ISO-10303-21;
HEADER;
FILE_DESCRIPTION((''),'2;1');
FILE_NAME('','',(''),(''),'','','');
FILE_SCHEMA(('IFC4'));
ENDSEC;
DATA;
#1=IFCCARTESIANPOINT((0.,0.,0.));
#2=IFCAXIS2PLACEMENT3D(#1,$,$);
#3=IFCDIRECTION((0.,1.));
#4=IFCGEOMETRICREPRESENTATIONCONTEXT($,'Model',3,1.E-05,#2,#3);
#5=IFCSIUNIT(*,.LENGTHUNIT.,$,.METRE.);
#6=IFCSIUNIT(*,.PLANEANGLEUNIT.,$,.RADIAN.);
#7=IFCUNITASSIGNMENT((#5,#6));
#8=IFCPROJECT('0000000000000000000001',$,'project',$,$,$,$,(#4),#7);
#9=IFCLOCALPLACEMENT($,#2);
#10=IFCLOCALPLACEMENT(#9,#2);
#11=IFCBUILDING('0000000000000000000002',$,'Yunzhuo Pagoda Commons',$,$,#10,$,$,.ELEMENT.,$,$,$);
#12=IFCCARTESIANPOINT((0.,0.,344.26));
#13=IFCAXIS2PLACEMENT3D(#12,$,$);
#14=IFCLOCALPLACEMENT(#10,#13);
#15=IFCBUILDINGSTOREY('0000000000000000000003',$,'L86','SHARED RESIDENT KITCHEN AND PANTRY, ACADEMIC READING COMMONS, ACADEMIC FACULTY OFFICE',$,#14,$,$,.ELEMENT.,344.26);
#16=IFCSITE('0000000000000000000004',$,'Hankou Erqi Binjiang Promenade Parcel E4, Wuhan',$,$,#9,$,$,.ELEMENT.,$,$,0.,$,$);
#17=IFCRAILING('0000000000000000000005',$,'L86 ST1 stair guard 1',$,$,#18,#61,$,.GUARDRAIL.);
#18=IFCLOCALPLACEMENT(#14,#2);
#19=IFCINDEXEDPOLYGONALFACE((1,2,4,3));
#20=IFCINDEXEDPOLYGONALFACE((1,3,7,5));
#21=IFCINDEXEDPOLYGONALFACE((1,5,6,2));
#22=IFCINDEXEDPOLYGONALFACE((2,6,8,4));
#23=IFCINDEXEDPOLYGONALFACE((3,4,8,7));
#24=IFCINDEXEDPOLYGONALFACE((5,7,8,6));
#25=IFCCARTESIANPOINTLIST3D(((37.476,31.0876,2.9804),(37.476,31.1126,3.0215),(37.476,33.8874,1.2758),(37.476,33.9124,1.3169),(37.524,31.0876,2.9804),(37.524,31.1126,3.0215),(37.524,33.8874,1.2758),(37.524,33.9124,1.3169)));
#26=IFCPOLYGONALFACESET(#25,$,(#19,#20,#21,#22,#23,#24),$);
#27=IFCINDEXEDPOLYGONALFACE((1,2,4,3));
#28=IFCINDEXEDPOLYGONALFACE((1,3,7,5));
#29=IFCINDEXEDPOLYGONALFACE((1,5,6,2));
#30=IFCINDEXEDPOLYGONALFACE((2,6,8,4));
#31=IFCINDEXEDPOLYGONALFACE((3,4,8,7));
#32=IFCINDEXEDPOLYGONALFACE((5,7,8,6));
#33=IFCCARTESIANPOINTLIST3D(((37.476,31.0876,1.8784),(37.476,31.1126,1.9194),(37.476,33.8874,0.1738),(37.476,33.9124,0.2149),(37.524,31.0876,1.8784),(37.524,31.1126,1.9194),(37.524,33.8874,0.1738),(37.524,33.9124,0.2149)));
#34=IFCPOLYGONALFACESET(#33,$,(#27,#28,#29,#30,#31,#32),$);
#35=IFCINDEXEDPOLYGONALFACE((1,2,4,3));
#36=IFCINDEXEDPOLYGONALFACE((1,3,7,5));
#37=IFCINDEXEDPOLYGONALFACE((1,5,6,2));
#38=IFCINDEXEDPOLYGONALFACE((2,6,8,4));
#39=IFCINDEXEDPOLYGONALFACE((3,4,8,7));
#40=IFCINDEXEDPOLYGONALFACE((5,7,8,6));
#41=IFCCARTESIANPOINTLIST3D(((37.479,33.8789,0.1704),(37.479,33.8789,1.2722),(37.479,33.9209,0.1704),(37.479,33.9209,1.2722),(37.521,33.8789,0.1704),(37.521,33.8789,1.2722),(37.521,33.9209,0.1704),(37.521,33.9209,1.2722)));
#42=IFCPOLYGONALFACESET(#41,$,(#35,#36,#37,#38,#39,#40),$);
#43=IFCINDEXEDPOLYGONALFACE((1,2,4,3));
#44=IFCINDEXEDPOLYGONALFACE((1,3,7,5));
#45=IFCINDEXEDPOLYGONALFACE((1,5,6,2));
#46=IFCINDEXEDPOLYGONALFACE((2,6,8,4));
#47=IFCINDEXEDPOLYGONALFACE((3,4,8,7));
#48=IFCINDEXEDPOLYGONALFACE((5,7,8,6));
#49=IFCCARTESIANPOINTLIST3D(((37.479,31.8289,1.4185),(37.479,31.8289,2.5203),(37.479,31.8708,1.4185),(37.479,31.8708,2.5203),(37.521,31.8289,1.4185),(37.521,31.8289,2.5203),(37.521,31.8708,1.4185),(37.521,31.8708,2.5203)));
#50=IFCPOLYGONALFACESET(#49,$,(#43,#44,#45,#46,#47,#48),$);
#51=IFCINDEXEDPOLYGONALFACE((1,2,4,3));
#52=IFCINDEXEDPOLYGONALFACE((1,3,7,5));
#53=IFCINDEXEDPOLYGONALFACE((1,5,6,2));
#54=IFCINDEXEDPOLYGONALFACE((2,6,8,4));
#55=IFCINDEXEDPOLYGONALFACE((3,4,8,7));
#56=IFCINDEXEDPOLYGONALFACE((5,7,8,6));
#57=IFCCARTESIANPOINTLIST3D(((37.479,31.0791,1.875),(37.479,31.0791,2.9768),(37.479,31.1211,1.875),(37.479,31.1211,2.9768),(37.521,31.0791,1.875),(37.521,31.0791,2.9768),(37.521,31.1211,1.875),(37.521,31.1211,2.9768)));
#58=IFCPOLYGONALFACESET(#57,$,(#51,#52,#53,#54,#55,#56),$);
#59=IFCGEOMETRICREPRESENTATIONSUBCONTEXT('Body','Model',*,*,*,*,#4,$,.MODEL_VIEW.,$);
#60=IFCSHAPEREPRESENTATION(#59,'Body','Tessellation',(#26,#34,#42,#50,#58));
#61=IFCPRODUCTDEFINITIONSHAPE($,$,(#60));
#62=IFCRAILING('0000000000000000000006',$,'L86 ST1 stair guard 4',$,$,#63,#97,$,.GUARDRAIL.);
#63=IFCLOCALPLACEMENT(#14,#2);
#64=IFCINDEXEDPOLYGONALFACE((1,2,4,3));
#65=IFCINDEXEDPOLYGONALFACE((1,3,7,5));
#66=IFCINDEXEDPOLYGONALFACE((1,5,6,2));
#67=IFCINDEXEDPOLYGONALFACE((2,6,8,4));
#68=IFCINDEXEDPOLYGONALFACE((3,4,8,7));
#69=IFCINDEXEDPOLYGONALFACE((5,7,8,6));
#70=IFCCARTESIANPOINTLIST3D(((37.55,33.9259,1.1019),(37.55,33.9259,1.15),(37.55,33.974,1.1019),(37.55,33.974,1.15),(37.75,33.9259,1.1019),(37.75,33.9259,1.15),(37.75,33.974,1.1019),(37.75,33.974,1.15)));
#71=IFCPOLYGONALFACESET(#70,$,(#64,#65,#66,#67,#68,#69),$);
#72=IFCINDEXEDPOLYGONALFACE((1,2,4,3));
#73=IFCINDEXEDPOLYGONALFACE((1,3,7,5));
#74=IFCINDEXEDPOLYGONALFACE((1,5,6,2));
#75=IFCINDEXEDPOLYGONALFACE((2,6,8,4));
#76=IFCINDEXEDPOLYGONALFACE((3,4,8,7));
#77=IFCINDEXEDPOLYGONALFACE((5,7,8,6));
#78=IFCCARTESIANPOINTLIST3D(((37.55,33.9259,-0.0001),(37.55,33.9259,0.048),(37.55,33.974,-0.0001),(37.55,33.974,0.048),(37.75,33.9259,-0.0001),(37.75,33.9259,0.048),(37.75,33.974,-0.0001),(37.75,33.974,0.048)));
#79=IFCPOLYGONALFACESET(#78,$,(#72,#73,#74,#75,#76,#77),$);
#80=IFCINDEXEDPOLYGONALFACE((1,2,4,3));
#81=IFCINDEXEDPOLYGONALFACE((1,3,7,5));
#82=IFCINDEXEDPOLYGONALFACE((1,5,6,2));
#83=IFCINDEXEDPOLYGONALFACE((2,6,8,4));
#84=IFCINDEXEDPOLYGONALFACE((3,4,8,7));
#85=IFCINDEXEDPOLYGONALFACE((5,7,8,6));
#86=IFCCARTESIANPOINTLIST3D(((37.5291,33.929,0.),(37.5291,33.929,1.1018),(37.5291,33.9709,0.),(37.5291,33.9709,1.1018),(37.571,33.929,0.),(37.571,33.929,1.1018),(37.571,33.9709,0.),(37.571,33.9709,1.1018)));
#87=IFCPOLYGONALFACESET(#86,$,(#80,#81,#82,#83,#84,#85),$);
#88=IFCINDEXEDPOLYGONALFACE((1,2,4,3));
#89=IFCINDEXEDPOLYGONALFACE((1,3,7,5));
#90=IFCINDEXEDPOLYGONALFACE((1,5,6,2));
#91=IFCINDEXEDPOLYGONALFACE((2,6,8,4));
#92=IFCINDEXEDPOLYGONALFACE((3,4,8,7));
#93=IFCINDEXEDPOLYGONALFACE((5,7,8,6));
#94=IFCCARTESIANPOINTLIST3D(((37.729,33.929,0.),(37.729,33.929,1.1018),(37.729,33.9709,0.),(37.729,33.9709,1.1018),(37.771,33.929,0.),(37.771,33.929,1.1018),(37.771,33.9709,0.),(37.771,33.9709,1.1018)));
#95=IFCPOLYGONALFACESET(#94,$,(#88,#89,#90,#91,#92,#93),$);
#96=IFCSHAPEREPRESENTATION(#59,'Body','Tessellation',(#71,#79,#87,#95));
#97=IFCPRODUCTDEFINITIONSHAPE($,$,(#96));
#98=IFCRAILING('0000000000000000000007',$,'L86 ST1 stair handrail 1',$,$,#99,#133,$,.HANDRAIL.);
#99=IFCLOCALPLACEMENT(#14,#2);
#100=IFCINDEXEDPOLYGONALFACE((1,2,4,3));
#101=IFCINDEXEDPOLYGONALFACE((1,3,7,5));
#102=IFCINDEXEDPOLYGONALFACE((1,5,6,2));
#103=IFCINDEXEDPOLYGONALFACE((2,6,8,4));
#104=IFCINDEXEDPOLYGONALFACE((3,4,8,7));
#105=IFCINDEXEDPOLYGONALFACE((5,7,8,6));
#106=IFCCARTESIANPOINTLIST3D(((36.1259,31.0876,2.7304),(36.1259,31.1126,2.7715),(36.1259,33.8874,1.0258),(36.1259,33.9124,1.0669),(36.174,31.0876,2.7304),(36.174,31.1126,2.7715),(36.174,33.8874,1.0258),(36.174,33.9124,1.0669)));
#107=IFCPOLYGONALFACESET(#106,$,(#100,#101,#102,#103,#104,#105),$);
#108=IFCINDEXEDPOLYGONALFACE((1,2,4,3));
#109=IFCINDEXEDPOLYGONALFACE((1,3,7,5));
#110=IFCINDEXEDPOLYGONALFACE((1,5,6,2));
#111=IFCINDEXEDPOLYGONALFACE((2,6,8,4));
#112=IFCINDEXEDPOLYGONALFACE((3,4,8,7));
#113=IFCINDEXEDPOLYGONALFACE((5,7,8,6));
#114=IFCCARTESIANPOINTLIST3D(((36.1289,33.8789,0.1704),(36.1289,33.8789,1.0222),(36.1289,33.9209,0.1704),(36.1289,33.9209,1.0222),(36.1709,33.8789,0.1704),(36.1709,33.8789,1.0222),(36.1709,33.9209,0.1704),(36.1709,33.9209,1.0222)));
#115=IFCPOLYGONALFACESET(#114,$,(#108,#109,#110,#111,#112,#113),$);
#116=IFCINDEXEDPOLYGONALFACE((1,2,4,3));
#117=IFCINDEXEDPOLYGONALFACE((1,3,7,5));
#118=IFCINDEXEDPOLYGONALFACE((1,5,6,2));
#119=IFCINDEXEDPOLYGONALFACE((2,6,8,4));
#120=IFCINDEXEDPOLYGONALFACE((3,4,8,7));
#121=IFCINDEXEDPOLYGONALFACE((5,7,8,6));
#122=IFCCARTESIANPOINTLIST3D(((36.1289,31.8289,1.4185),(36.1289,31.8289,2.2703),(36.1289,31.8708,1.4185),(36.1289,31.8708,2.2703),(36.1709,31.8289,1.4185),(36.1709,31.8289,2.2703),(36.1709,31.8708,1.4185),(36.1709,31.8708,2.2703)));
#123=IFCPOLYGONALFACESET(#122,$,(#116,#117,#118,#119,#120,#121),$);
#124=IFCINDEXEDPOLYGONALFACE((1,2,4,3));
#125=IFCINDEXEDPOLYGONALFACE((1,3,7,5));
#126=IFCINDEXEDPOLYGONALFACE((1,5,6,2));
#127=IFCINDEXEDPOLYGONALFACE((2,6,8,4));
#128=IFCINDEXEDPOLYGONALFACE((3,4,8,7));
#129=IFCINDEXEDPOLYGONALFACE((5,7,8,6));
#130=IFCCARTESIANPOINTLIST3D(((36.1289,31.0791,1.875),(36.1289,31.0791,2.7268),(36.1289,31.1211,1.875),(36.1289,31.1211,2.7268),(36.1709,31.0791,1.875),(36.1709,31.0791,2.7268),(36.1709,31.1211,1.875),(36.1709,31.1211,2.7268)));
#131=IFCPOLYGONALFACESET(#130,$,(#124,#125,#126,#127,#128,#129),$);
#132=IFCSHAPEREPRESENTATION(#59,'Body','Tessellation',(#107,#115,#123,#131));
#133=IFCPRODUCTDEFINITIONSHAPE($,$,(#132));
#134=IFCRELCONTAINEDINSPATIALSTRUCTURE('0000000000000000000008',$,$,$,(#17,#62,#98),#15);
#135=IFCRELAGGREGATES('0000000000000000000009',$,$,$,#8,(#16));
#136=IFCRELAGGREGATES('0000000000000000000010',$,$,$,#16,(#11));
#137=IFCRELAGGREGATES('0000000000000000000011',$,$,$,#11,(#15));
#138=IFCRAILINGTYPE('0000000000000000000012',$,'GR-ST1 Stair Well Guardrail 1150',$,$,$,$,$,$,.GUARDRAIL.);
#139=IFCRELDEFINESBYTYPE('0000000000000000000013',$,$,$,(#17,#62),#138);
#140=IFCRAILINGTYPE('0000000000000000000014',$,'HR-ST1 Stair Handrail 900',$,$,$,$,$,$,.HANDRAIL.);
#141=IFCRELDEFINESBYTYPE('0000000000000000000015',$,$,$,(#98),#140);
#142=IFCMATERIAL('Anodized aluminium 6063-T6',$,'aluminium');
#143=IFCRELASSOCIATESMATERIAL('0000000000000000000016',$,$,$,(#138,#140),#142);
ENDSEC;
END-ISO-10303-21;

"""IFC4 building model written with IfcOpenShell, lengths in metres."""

from ifc_helpers import new_model, si_unit, direction, frame, origin, origin_2d, place, context, subcontext, project, spatial, rectangle, extrude, material, type_object, element, save


model = new_model("IFC4")

# Units and contexts
model_context = context("Model", 3, precision=1e-05, world=origin(), true_north=direction((0.0, 1.0)))
body_context = subcontext(model_context, "Body", "Model", "MODEL_VIEW")
ifc_project = project(units=[si_unit("LENGTHUNIT", "METRE"), si_unit("PLANEANGLEUNIT", "RADIAN")], contexts=[model_context])

# Site, building, storey
site_placement = place(None, origin())
site = spatial("IfcSite", under=ifc_project, at=site_placement, Name="Hankou Erqi Binjiang Promenade Parcel E4, Wuhan", CompositionType="ELEMENT", RefElevation=0.0)
building_placement = place(site_placement, origin())
building = spatial("IfcBuilding", under=site, at=building_placement, Name="Yunzhuo Pagoda Commons", CompositionType="ELEMENT")
storey_placement = place(building_placement, frame((0.0, 0.0, 344.26)))
storey = spatial("IfcBuildingStorey", under=building, at=storey_placement, Name="L86", Description="SHARED RESIDENT KITCHEN AND PANTRY, ACADEMIC READING COMMONS, ACADEMIC FACULTY OFFICE", CompositionType="ELEMENT", Elevation=344.26)

# Railings
ifc_material_1 = material(Name="Anodized aluminium 6063-T6", Category="aluminium")
railing_type_1 = type_object("IfcRailingType", Name="GR-ST1 Stair Well Guardrail 1150", PredefinedType="GUARDRAIL", material=ifc_material_1)
railing_1_placement = place(storey_placement, frame((37.5, 33.8999, 0.1704)))
element("IfcRailing", 1, at=railing_1_placement, inside=storey, type_object=railing_type_1, Name="L86 ST1 stair guard 1", PredefinedType="GUARDRAIL", context=body_context, shape_type="SweptSolid", body=[
    extrude(rectangle(XDim=0.0481, YDim=0.0481, at=origin_2d()), frame((0.0, 0.0, 1.126), z_axis=(0.0, -0.85415, 0.520027), x_axis=(1.0, 0.0, 0.0)), (0.0, 0.0, 1.0), 3.2778),
    extrude(rectangle(XDim=0.0481, YDim=0.0481, at=origin_2d()), frame((0.0, 0.0, 0.0239), z_axis=(0.0, -0.85415, 0.520027), x_axis=(1.0, 0.0, 0.0)), (0.0, 0.0, 1.0), 3.2778),
    extrude(rectangle(XDim=0.042, YDim=0.042, at=origin_2d()), origin(), (0.0, 0.0, 1.0), 1.1018),
    extrude(rectangle(XDim=0.042, YDim=0.042, at=origin_2d()), frame((0.0, -2.05, 1.248)), (0.0, 0.0, 1.0), 1.1018),
    extrude(rectangle(XDim=0.042, YDim=0.042, at=origin_2d()), frame((0.0, -2.7998, 1.7046)), (0.0, 0.0, 1.0), 1.1018),
])
railing_2_placement = place(storey_placement, frame((37.55, 33.95, 0.0)))
element("IfcRailing", 2, at=railing_2_placement, inside=storey, type_object=railing_type_1, Name="L86 ST1 stair guard 4", PredefinedType="GUARDRAIL", context=body_context, shape_type="SweptSolid", body=[
    extrude(rectangle(XDim=0.0481, YDim=0.0481, at=origin_2d()), frame((0.0, 0.0, 1.126), z_axis=(1.0, 0.0, 0.0), x_axis=(0.0, 1.0, 0.0)), (0.0, 0.0, 1.0), 0.2),
    extrude(rectangle(XDim=0.0481, YDim=0.0481, at=origin_2d()), frame((0.0, 0.0, 0.0239), z_axis=(1.0, 0.0, 0.0), x_axis=(0.0, 1.0, 0.0)), (0.0, 0.0, 1.0), 0.2),
    extrude(rectangle(XDim=0.042, YDim=0.042, at=origin_2d()), origin(), (0.0, 0.0, 1.0), 1.1018),
    extrude(rectangle(XDim=0.042, YDim=0.042, at=origin_2d()), frame((0.2, 0.0, 0.0)), (0.0, 0.0, 1.0), 1.1018),
])
railing_type_2 = type_object("IfcRailingType", Name="HR-ST1 Stair Handrail 900", PredefinedType="HANDRAIL", material=ifc_material_1)
railing_3_placement = place(storey_placement, frame((36.1499, 33.8999, 0.1704)))
element("IfcRailing", 3, at=railing_3_placement, inside=storey, type_object=railing_type_2, Name="L86 ST1 stair handrail 1", PredefinedType="HANDRAIL", context=body_context, shape_type="SweptSolid", body=[
    extrude(rectangle(XDim=0.0481, YDim=0.0481, at=origin_2d()), frame((0.0, 0.0, 0.876), z_axis=(0.0, -0.85415, 0.520027), x_axis=(1.0, 0.0, 0.0)), (0.0, 0.0, 1.0), 3.2778),
    extrude(rectangle(XDim=0.042, YDim=0.042, at=origin_2d()), origin(), (0.0, 0.0, 1.0), 0.8518),
    extrude(rectangle(XDim=0.042, YDim=0.042, at=origin_2d()), frame((0.0, -2.05, 1.248)), (0.0, 0.0, 1.0), 0.8518),
    extrude(rectangle(XDim=0.042, YDim=0.042, at=origin_2d()), frame((0.0, -2.7998, 1.7046)), (0.0, 0.0, 1.0), 0.8518),
])

save(model, "model.ifc")
